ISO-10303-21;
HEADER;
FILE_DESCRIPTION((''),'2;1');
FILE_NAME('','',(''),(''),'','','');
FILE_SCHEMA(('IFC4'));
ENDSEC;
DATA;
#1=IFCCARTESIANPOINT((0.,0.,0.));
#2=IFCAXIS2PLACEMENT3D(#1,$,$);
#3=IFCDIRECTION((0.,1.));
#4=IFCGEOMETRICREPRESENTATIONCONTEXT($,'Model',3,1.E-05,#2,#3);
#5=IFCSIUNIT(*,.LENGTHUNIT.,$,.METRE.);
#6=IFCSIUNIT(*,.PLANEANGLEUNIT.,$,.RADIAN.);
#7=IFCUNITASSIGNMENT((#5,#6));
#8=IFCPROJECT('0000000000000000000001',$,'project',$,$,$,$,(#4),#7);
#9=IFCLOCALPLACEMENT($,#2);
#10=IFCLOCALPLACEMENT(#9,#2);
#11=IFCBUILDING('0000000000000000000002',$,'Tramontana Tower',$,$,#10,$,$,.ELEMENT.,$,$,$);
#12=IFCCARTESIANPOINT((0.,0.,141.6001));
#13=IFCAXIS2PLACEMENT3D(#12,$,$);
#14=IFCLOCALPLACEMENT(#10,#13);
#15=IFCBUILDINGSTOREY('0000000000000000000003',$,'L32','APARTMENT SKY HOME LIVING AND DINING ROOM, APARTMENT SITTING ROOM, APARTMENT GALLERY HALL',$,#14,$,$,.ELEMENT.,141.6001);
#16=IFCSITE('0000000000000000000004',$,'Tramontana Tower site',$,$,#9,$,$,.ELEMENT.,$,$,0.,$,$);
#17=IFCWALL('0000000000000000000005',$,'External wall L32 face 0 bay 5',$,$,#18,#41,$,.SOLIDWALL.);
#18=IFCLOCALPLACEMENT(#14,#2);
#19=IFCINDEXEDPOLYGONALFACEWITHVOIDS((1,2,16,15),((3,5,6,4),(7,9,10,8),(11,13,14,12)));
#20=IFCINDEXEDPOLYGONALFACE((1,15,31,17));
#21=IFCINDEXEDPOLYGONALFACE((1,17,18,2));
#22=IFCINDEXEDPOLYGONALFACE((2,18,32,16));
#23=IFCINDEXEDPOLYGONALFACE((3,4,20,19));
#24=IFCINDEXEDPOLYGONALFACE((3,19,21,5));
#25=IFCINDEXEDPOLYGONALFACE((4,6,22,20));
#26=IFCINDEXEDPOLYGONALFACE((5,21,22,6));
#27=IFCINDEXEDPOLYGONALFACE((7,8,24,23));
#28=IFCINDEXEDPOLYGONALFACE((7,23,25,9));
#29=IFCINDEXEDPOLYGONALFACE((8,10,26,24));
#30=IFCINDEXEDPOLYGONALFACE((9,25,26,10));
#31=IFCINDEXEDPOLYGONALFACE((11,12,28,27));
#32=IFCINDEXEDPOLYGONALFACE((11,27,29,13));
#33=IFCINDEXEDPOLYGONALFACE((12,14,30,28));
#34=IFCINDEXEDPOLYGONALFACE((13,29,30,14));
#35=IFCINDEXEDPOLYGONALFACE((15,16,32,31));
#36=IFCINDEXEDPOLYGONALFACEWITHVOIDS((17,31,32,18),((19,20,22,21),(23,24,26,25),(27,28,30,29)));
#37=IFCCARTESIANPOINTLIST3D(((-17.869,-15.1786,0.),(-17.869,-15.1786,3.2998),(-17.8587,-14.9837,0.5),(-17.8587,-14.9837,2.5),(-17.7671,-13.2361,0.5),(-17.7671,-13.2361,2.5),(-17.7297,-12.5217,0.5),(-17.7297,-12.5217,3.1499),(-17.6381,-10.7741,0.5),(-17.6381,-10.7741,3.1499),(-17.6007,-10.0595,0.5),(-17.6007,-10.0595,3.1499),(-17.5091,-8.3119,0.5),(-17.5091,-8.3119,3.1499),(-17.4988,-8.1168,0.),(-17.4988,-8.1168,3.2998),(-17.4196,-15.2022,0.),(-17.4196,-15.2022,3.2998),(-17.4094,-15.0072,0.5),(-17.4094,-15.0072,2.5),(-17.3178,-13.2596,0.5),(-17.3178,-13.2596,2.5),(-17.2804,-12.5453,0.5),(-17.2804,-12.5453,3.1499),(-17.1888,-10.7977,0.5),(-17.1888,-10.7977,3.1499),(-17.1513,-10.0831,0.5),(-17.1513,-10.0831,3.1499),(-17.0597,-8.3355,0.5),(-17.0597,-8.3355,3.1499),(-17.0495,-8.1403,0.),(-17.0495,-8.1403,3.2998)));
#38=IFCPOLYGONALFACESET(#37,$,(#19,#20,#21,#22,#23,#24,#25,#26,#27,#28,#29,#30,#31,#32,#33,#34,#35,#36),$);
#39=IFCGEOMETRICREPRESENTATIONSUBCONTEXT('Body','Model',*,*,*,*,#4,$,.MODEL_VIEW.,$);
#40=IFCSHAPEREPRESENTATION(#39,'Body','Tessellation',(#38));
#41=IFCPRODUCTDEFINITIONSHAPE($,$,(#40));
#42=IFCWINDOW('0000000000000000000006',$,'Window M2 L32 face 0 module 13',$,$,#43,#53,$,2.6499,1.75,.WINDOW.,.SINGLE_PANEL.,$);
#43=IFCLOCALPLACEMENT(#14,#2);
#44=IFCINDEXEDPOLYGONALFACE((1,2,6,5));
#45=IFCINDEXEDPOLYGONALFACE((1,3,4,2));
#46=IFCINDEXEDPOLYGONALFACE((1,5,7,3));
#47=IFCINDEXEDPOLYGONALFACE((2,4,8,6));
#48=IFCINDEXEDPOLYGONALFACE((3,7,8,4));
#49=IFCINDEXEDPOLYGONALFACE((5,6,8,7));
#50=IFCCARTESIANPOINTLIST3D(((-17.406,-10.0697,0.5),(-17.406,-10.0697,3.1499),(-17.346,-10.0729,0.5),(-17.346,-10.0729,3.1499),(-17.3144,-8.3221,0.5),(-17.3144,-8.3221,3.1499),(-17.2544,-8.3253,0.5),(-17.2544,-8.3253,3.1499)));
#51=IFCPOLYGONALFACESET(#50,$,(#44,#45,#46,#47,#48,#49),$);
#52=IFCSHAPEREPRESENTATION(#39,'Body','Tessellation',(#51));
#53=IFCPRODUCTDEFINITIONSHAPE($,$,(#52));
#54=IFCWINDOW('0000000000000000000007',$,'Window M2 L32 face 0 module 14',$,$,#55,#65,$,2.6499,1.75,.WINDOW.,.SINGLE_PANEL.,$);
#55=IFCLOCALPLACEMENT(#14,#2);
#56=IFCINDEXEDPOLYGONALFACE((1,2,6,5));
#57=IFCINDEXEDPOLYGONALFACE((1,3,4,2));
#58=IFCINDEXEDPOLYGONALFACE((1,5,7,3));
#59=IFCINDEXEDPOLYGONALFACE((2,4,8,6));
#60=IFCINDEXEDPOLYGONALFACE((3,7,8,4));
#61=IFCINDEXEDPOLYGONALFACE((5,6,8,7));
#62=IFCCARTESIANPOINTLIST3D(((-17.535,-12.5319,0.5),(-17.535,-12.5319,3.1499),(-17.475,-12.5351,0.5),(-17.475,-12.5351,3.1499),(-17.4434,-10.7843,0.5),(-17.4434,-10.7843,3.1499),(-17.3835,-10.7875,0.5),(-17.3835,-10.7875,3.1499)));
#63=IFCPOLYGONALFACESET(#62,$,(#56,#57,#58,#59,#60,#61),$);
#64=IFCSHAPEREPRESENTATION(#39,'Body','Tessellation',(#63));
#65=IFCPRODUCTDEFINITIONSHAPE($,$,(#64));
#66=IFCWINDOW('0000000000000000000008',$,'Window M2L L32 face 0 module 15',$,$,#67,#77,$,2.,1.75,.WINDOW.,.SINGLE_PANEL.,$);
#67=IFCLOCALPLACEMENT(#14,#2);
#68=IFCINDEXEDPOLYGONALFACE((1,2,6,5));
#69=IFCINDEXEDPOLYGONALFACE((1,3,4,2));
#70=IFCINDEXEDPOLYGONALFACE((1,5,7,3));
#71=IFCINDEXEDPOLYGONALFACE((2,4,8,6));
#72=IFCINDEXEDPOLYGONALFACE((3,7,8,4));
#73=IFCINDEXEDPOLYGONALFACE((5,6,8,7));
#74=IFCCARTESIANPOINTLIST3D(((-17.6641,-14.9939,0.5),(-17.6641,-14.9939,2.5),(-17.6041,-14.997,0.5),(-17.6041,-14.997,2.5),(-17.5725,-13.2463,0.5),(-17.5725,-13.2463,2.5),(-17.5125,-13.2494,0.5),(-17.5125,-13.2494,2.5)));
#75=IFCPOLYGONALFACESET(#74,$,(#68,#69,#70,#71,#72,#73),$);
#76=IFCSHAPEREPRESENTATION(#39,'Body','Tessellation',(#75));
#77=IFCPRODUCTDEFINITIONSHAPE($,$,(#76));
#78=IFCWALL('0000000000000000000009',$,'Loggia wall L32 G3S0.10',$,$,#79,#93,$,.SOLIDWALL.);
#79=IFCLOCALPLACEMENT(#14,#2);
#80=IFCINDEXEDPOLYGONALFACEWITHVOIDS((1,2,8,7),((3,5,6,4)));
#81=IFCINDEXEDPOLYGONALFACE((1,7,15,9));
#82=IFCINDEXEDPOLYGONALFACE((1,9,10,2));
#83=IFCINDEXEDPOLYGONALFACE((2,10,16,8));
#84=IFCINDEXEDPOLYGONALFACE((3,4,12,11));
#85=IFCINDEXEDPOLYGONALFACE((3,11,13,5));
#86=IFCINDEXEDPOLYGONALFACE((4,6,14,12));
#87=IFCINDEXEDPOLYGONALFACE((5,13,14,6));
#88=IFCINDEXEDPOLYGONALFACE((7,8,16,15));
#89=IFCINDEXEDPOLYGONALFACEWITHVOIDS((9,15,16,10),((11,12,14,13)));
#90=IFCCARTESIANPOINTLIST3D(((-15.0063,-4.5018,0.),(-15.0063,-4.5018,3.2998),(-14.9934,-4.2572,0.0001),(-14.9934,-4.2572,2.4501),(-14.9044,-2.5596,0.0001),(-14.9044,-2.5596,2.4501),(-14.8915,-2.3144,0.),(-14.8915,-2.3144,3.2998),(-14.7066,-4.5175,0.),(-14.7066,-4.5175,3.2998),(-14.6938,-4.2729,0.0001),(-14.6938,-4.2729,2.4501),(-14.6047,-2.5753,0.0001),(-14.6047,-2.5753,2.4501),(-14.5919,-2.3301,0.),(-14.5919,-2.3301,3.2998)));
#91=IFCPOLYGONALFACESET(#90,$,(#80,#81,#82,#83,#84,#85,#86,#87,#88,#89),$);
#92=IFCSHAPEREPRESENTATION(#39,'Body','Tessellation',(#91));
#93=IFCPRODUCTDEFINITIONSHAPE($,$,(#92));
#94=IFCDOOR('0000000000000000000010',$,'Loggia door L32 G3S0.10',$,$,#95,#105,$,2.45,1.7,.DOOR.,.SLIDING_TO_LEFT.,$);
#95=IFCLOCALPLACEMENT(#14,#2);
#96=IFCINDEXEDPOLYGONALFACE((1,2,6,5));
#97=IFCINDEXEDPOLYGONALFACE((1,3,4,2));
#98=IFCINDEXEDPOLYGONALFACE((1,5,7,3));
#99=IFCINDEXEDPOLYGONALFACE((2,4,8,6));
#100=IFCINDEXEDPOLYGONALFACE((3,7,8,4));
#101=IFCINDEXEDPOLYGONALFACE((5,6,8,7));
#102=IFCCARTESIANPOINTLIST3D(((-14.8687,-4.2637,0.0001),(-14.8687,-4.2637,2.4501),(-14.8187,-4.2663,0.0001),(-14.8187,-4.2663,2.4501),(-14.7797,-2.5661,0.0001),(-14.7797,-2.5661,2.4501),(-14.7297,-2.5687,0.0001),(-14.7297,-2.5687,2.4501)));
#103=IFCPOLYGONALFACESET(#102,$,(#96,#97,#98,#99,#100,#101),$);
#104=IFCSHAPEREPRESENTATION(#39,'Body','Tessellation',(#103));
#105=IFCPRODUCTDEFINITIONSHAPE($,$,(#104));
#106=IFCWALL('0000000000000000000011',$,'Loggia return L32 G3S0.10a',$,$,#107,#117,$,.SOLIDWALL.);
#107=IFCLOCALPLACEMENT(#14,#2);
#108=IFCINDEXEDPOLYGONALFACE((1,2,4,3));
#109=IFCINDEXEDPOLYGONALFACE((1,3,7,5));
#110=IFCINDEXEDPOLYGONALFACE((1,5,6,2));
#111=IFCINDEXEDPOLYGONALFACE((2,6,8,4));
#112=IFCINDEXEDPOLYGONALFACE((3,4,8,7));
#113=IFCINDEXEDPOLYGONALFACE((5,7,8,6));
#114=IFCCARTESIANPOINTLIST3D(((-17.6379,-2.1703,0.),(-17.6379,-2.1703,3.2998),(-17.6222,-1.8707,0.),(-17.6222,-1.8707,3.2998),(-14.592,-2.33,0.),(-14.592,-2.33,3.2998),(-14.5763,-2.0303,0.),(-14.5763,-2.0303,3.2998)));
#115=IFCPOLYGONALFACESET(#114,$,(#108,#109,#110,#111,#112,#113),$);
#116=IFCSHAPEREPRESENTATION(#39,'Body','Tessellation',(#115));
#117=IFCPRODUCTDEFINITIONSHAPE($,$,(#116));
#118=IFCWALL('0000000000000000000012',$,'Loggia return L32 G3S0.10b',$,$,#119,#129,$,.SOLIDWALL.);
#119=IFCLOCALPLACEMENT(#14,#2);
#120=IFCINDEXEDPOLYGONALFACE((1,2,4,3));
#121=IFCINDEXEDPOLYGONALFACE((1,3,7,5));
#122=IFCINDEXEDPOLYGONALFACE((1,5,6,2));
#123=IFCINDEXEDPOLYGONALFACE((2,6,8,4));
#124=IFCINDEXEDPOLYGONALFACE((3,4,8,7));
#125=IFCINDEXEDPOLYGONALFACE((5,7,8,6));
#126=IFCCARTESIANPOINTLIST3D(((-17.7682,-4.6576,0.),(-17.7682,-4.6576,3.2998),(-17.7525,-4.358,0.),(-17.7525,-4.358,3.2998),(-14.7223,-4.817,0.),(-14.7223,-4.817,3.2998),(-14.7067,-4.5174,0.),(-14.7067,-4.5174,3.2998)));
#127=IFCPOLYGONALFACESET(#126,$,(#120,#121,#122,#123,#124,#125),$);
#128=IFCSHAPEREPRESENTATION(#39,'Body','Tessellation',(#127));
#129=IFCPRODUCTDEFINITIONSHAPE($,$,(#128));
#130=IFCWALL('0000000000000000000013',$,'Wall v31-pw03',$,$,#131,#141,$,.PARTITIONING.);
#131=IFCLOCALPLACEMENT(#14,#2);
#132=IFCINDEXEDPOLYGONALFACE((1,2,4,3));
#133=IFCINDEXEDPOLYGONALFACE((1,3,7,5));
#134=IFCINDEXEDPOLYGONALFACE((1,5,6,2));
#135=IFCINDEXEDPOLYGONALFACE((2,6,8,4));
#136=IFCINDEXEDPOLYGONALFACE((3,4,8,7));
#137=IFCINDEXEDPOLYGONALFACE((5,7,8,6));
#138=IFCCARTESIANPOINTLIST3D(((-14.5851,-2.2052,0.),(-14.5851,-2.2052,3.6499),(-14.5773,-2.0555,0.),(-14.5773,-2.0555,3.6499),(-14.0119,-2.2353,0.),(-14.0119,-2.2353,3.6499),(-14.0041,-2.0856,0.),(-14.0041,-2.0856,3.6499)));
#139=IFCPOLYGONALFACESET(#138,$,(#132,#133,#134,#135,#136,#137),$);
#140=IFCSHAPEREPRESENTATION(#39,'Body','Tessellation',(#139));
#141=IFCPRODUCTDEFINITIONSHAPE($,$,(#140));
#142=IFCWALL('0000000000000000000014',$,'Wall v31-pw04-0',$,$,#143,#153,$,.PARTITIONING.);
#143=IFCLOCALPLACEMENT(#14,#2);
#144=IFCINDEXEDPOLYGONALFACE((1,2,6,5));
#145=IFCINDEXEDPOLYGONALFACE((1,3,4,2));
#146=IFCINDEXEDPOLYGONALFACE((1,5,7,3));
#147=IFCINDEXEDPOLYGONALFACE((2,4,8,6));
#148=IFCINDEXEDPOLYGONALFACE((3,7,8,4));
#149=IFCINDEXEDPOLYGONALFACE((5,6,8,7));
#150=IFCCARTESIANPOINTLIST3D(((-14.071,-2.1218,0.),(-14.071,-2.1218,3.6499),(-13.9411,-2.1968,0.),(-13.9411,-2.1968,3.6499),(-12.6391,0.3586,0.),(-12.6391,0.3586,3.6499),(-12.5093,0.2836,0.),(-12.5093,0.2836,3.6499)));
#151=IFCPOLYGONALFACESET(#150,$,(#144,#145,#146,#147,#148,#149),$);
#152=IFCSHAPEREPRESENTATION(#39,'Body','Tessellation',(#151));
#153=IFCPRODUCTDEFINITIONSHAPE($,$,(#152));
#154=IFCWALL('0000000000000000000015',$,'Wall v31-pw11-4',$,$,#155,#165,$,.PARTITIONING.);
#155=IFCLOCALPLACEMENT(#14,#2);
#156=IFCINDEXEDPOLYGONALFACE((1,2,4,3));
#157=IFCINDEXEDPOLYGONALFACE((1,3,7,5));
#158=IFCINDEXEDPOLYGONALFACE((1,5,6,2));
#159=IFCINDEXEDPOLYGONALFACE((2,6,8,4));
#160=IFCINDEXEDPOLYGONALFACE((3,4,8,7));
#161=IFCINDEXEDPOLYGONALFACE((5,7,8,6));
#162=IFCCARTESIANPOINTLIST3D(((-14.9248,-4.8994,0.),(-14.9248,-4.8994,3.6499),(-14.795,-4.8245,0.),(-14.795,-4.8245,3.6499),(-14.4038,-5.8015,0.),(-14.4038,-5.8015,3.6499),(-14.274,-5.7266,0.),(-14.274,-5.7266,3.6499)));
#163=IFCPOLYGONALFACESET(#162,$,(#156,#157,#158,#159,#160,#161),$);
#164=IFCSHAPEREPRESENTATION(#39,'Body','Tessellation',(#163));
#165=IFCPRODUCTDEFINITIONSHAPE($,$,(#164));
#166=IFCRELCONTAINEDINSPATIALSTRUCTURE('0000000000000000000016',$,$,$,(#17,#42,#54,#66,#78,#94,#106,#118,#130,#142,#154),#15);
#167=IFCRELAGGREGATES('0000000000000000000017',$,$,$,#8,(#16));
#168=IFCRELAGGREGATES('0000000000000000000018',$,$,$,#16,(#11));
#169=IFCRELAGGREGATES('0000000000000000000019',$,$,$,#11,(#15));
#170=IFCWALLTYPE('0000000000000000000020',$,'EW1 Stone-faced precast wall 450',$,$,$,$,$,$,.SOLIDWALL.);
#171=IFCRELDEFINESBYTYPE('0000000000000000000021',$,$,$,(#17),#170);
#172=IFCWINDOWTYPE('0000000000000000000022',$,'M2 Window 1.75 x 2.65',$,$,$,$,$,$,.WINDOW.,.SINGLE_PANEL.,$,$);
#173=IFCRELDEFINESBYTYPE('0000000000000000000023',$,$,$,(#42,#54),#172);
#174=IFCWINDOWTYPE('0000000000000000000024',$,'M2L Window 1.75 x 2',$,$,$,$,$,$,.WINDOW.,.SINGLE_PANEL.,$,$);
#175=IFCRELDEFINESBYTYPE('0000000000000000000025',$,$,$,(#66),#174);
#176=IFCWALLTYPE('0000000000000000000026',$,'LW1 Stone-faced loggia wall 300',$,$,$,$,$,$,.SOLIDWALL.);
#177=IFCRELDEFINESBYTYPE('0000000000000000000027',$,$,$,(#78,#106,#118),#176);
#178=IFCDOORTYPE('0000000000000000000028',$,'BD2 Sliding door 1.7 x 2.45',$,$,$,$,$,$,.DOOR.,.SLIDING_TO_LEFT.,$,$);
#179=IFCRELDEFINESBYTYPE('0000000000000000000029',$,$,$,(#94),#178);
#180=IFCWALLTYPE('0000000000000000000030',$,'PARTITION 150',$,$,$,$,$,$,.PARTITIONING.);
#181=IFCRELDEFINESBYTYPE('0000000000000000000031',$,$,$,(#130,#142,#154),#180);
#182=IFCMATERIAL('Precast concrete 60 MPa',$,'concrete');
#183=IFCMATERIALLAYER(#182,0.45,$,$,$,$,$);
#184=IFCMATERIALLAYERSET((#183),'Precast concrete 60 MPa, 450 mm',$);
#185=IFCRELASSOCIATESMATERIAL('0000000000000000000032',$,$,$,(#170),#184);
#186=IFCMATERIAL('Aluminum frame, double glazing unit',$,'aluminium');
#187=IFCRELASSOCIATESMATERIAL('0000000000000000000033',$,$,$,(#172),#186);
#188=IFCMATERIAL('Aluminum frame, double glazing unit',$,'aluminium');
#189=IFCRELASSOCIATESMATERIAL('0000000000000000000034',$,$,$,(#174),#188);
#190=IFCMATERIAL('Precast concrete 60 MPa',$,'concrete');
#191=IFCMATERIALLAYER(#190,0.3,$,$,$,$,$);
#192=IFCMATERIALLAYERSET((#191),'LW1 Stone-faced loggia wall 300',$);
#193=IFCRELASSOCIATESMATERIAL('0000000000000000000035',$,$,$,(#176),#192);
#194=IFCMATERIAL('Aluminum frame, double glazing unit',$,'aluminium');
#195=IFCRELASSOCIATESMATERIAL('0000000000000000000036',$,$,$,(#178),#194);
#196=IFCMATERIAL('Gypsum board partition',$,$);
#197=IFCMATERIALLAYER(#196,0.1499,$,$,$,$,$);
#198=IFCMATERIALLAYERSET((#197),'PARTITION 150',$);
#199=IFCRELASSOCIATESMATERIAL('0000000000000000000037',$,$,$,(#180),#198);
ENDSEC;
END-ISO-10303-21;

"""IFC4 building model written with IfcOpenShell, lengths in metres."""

from ifc_helpers import new_model, si_unit, direction, frame, frame_2d, origin, place, context, subcontext, project, spatial, rectangle, extrude, material, layer, layer_set, type_object, element, fill, save


model = new_model("IFC4")

# Units and contexts
model_context = context("Model", 3, precision=1e-05, world=origin(), true_north=direction((0.0, 1.0)))
body_context = subcontext(model_context, "Body", "Model", "MODEL_VIEW")
ifc_project = project(units=[si_unit("LENGTHUNIT", "METRE"), si_unit("PLANEANGLEUNIT", "RADIAN")], contexts=[model_context])

# Site, building, storey
site_placement = place(None, origin())
site = spatial("IfcSite", under=ifc_project, at=site_placement, Name="Tramontana Tower site", CompositionType="ELEMENT", RefElevation=0.0)
building_placement = place(site_placement, origin())
building = spatial("IfcBuilding", under=site, at=building_placement, Name="Tramontana Tower", CompositionType="ELEMENT")
storey_placement = place(building_placement, frame((0.0, 0.0, 141.6001)))
storey = spatial("IfcBuildingStorey", under=building, at=storey_placement, Name="L32", Description="APARTMENT SKY HOME LIVING AND DINING ROOM, APARTMENT SITTING ROOM, APARTMENT GALLERY HALL", CompositionType="ELEMENT", Elevation=141.6001)

# Shared definitions
ifc_material_1 = material(Name="Precast concrete 60 MPa", Category="concrete")
ifc_layer_1 = layer(ifc_material_1, 0.45)
ifc_layer_set_1 = layer_set([ifc_layer_1], Name="Precast concrete 60 MPa, 450 mm")
wall_type_1 = type_object("IfcWallType", Name="EW1 Stone-faced precast wall 450", PredefinedType="SOLIDWALL", material=ifc_layer_set_1)
ifc_material_2 = material(Name="Aluminum frame, double glazing unit", Category="aluminium")
window_type_1 = type_object("IfcWindowType", Name="M2 Window 1.75 x 2.65", PartitioningType="SINGLE_PANEL", PredefinedType="WINDOW", material=ifc_material_2)

# Wall, openings, windows
wall_1_placement = place(storey_placement, frame((-17.2742, -8.1287, 0.0), z_axis=(0.0, 0.0, 1.0), x_axis=(-0.05234, -0.998629, 0.0)))
wall_1 = element("IfcWall", 1, at=wall_1_placement, inside=storey, type_object=wall_type_1, Name="External wall L32 face 0 bay 5", PredefinedType="SOLIDWALL", context=body_context, shape_type="SweptSolid", body=[
    extrude(rectangle(XDim=7.0715, YDim=0.45, at=frame_2d((3.5356, 0.0))), origin(), (0.0, 0.0, 1.0), 3.2998),
])
opening_1_placement = place(wall_1_placement, frame((0.1953, 0.0, 0.5)))
opening_1 = element("IfcOpeningElement", 2, at=opening_1_placement, cuts=wall_1, PredefinedType="OPENING", context=body_context, shape_type="SweptSolid", body=[
    extrude(rectangle(XDim=1.75, YDim=2.6499, at=frame_2d((0.875, 1.325))), frame((0.0, 0.2349, 0.0), z_axis=(0.0, -1.0, 0.0), x_axis=(1.0, 0.0, 0.0)), (0.0, 0.0, 1.0), 0.47),
])
opening_2_placement = place(wall_1_placement, frame((2.6609, 0.0, 0.5)))
opening_2 = element("IfcOpeningElement", 3, at=opening_2_placement, cuts=wall_1, PredefinedType="OPENING", context=body_context, shape_type="SweptSolid", body=[
    extrude(rectangle(XDim=1.75, YDim=2.6499, at=frame_2d((0.875, 1.325))), frame((0.0, 0.2349, 0.0), z_axis=(0.0, -1.0, 0.0), x_axis=(1.0, 0.0, 0.0)), (0.0, 0.0, 1.0), 0.47),
])
opening_3_placement = place(wall_1_placement, frame((5.1262, 0.0, 0.5)))
opening_3 = element("IfcOpeningElement", 4, at=opening_3_placement, cuts=wall_1, PredefinedType="OPENING", context=body_context, shape_type="SweptSolid", body=[
    extrude(rectangle(XDim=1.75, YDim=2.0, at=frame_2d((0.875, 1.0))), frame((0.0, 0.2349, 0.0), z_axis=(0.0, -1.0, 0.0), x_axis=(1.0, 0.0, 0.0)), (0.0, 0.0, 1.0), 0.47),
])
window_1_placement = place(opening_1_placement, origin())
window_1 = element("IfcWindow", 5, at=window_1_placement, inside=storey, type_object=window_type_1, Name="Window M2 L32 face 0 module 13", OverallHeight=2.6499, OverallWidth=1.75, PartitioningType="SINGLE_PANEL", PredefinedType="WINDOW", context=body_context, shape_type="SweptSolid", body=[
    extrude(rectangle(XDim=1.75, YDim=2.6499, at=frame_2d((0.875, 1.325))), frame((0.0, 0.03, 0.0), z_axis=(0.0, -1.0, 0.0), x_axis=(1.0, 0.0, 0.0)), (0.0, 0.0, 1.0), 0.0601),
])
fill(opening_1, window_1)
window_2_placement = place(opening_2_placement, origin())
window_2 = element("IfcWindow", 6, at=window_2_placement, inside=storey, type_object=window_type_1, Name="Window M2 L32 face 0 module 14", OverallHeight=2.6499, OverallWidth=1.75, PartitioningType="SINGLE_PANEL", PredefinedType="WINDOW", context=body_context, shape_type="SweptSolid", body=[
    extrude(rectangle(XDim=1.75, YDim=2.6499, at=frame_2d((0.875, 1.325))), frame((0.0, 0.03, 0.0), z_axis=(0.0, -1.0, 0.0), x_axis=(1.0, 0.0, 0.0)), (0.0, 0.0, 1.0), 0.0601),
])
fill(opening_2, window_2)
ifc_material_3 = material(Name="Aluminum frame, double glazing unit", Category="aluminium")
window_type_2 = type_object("IfcWindowType", Name="M2L Window 1.75 x 2", PartitioningType="SINGLE_PANEL", PredefinedType="WINDOW", material=ifc_material_3)
window_3_placement = place(opening_3_placement, origin())
window_3 = element("IfcWindow", 7, at=window_3_placement, inside=storey, type_object=window_type_2, Name="Window M2L L32 face 0 module 15", OverallHeight=2.0, OverallWidth=1.75, PartitioningType="SINGLE_PANEL", PredefinedType="WINDOW", context=body_context, shape_type="SweptSolid", body=[
    extrude(rectangle(XDim=1.75, YDim=2.0, at=frame_2d((0.875, 1.0))), frame((0.0, 0.03, 0.0), z_axis=(0.0, -1.0, 0.0), x_axis=(1.0, 0.0, 0.0)), (0.0, 0.0, 1.0), 0.0601),
])
fill(opening_3, window_3)

# Wall, opening, door
ifc_material_4 = material(Name="Precast concrete 60 MPa", Category="concrete")
ifc_layer_2 = layer(ifc_material_4, 0.3)
ifc_layer_set_2 = layer_set([ifc_layer_2], Name="LW1 Stone-faced loggia wall 300")
wall_type_2 = type_object("IfcWallType", Name="LW1 Stone-faced loggia wall 300", PredefinedType="SOLIDWALL", material=ifc_layer_set_2)
wall_2_placement = place(storey_placement, frame((-14.7417, -2.3223, 0.0), z_axis=(0.0, 0.0, 1.0), x_axis=(-0.052383, -0.998627, 0.0)))
wall_2 = element("IfcWall", 8, at=wall_2_placement, inside=storey, type_object=wall_type_2, Name="Loggia wall L32 G3S0.10", PredefinedType="SOLIDWALL", context=body_context, shape_type="SweptSolid", body=[
    extrude(rectangle(XDim=2.1904, YDim=0.3, at=frame_2d((1.0952, 0.0))), origin(), (0.0, 0.0, 1.0), 3.2998),
])
opening_4_placement = place(wall_2_placement, frame((0.2454, 0.0, 0.0)))
opening_4 = element("IfcOpeningElement", 9, at=opening_4_placement, cuts=wall_2, PredefinedType="OPENING", context=body_context, shape_type="SweptSolid", body=[
    extrude(rectangle(XDim=1.7, YDim=2.45, at=frame_2d((0.8501, 1.2251))), frame((0.0, 0.1599, 0.0), z_axis=(0.0, -1.0, 0.0), x_axis=(1.0, 0.0, 0.0)), (0.0, 0.0, 1.0), 0.3201),
])
ifc_material_5 = material(Name="Aluminum frame, double glazing unit", Category="aluminium")
door_type_1 = type_object("IfcDoorType", Name="BD2 Sliding door 1.7 x 2.45", OperationType="SLIDING_TO_LEFT", PredefinedType="DOOR", material=ifc_material_5)
door_1_placement = place(opening_4_placement, origin())
door_1 = element("IfcDoor", 10, at=door_1_placement, inside=storey, type_object=door_type_1, Name="Loggia door L32 G3S0.10", OperationType="SLIDING_TO_LEFT", OverallHeight=2.45, OverallWidth=1.7, PredefinedType="DOOR", context=body_context, shape_type="SweptSolid", body=[
    extrude(rectangle(XDim=1.7, YDim=2.45, at=frame_2d((0.8501, 1.2251))), frame((0.0, 0.0249, 0.0), z_axis=(0.0, -1.0, 0.0), x_axis=(1.0, 0.0, 0.0)), (0.0, 0.0, 1.0), 0.05),
])
fill(opening_4, door_1)

# Walls
for number, where, z_axis, x_axis, name in (
    (11, (-17.6299, -2.0205, 0.0), (0.0, 0.0, 1.0), (0.998629, -0.052349, 0.0), "Loggia return L32 G3S0.10a"),
    (12, (-17.7603, -4.5078, 0.0), (0.0, 0.0, 1.0), (0.998633, -0.052269, 0.0), "Loggia return L32 G3S0.10b"),
):
    element("IfcWall", number, at=place(storey_placement, frame(where, z_axis=z_axis, x_axis=x_axis)), inside=storey, type_object=wall_type_2, Name=name, PredefinedType="SOLIDWALL", context=body_context, shape_type="SweptSolid", body=[
        extrude(rectangle(XDim=3.05, YDim=0.3, at=frame_2d((1.5249, 0.0))), origin(), (0.0, 0.0, 1.0), 3.2998),
    ])
ifc_material_6 = material(Name="Gypsum board partition")
ifc_layer_3 = layer(ifc_material_6, 0.1499)
ifc_layer_set_3 = layer_set([ifc_layer_3], Name="PARTITION 150")
wall_type_3 = type_object("IfcWallType", Name="PARTITION 150", PredefinedType="PARTITIONING", material=ifc_layer_set_3)
wall_3_placement = place(storey_placement, frame((-14.5813, -2.1304, 0.0), z_axis=(0.0, 0.0, 1.0), x_axis=(0.998631, -0.052313, 0.0)))
element("IfcWall", 13, at=wall_3_placement, inside=storey, type_object=wall_type_3, Name="Wall v31-pw03", PredefinedType="PARTITIONING", context=body_context, shape_type="SweptSolid", body=[
    extrude(rectangle(XDim=0.574, YDim=0.1499, at=frame_2d((0.2871, 0.0))), origin(), (0.0, 0.0, 1.0), 3.6499),
])
wall_4_placement = place(storey_placement, frame((-14.0061, -2.1594, 0.0), z_axis=(0.0, 0.0, 1.0), x_axis=(0.499944, 0.866058, 0.0)))
element("IfcWall", 14, at=wall_4_placement, inside=storey, type_object=wall_type_3, Name="Wall v31-pw04-0", PredefinedType="PARTITIONING", context=body_context, shape_type="SweptSolid", body=[
    extrude(rectangle(XDim=2.864, YDim=0.1499, at=frame_2d((1.4321, 0.0))), origin(), (0.0, 0.0, 1.0), 3.6499),
])

# Wall
wall_5_placement = place(storey_placement, frame((-14.3389, -5.7642, 0.0), z_axis=(0.0, 0.0, 1.0), x_axis=(-0.500121, 0.865955, 0.0)))
element("IfcWall", 15, at=wall_5_placement, inside=storey, type_object=wall_type_3, Name="Wall v31-pw11-4", PredefinedType="PARTITIONING", context=body_context, shape_type="SweptSolid", body=[
    extrude(rectangle(XDim=1.0417, YDim=0.1499, at=frame_2d((0.521, 0.0))), origin(), (0.0, 0.0, 1.0), 3.6499),
])

save(model, "model.ifc")
